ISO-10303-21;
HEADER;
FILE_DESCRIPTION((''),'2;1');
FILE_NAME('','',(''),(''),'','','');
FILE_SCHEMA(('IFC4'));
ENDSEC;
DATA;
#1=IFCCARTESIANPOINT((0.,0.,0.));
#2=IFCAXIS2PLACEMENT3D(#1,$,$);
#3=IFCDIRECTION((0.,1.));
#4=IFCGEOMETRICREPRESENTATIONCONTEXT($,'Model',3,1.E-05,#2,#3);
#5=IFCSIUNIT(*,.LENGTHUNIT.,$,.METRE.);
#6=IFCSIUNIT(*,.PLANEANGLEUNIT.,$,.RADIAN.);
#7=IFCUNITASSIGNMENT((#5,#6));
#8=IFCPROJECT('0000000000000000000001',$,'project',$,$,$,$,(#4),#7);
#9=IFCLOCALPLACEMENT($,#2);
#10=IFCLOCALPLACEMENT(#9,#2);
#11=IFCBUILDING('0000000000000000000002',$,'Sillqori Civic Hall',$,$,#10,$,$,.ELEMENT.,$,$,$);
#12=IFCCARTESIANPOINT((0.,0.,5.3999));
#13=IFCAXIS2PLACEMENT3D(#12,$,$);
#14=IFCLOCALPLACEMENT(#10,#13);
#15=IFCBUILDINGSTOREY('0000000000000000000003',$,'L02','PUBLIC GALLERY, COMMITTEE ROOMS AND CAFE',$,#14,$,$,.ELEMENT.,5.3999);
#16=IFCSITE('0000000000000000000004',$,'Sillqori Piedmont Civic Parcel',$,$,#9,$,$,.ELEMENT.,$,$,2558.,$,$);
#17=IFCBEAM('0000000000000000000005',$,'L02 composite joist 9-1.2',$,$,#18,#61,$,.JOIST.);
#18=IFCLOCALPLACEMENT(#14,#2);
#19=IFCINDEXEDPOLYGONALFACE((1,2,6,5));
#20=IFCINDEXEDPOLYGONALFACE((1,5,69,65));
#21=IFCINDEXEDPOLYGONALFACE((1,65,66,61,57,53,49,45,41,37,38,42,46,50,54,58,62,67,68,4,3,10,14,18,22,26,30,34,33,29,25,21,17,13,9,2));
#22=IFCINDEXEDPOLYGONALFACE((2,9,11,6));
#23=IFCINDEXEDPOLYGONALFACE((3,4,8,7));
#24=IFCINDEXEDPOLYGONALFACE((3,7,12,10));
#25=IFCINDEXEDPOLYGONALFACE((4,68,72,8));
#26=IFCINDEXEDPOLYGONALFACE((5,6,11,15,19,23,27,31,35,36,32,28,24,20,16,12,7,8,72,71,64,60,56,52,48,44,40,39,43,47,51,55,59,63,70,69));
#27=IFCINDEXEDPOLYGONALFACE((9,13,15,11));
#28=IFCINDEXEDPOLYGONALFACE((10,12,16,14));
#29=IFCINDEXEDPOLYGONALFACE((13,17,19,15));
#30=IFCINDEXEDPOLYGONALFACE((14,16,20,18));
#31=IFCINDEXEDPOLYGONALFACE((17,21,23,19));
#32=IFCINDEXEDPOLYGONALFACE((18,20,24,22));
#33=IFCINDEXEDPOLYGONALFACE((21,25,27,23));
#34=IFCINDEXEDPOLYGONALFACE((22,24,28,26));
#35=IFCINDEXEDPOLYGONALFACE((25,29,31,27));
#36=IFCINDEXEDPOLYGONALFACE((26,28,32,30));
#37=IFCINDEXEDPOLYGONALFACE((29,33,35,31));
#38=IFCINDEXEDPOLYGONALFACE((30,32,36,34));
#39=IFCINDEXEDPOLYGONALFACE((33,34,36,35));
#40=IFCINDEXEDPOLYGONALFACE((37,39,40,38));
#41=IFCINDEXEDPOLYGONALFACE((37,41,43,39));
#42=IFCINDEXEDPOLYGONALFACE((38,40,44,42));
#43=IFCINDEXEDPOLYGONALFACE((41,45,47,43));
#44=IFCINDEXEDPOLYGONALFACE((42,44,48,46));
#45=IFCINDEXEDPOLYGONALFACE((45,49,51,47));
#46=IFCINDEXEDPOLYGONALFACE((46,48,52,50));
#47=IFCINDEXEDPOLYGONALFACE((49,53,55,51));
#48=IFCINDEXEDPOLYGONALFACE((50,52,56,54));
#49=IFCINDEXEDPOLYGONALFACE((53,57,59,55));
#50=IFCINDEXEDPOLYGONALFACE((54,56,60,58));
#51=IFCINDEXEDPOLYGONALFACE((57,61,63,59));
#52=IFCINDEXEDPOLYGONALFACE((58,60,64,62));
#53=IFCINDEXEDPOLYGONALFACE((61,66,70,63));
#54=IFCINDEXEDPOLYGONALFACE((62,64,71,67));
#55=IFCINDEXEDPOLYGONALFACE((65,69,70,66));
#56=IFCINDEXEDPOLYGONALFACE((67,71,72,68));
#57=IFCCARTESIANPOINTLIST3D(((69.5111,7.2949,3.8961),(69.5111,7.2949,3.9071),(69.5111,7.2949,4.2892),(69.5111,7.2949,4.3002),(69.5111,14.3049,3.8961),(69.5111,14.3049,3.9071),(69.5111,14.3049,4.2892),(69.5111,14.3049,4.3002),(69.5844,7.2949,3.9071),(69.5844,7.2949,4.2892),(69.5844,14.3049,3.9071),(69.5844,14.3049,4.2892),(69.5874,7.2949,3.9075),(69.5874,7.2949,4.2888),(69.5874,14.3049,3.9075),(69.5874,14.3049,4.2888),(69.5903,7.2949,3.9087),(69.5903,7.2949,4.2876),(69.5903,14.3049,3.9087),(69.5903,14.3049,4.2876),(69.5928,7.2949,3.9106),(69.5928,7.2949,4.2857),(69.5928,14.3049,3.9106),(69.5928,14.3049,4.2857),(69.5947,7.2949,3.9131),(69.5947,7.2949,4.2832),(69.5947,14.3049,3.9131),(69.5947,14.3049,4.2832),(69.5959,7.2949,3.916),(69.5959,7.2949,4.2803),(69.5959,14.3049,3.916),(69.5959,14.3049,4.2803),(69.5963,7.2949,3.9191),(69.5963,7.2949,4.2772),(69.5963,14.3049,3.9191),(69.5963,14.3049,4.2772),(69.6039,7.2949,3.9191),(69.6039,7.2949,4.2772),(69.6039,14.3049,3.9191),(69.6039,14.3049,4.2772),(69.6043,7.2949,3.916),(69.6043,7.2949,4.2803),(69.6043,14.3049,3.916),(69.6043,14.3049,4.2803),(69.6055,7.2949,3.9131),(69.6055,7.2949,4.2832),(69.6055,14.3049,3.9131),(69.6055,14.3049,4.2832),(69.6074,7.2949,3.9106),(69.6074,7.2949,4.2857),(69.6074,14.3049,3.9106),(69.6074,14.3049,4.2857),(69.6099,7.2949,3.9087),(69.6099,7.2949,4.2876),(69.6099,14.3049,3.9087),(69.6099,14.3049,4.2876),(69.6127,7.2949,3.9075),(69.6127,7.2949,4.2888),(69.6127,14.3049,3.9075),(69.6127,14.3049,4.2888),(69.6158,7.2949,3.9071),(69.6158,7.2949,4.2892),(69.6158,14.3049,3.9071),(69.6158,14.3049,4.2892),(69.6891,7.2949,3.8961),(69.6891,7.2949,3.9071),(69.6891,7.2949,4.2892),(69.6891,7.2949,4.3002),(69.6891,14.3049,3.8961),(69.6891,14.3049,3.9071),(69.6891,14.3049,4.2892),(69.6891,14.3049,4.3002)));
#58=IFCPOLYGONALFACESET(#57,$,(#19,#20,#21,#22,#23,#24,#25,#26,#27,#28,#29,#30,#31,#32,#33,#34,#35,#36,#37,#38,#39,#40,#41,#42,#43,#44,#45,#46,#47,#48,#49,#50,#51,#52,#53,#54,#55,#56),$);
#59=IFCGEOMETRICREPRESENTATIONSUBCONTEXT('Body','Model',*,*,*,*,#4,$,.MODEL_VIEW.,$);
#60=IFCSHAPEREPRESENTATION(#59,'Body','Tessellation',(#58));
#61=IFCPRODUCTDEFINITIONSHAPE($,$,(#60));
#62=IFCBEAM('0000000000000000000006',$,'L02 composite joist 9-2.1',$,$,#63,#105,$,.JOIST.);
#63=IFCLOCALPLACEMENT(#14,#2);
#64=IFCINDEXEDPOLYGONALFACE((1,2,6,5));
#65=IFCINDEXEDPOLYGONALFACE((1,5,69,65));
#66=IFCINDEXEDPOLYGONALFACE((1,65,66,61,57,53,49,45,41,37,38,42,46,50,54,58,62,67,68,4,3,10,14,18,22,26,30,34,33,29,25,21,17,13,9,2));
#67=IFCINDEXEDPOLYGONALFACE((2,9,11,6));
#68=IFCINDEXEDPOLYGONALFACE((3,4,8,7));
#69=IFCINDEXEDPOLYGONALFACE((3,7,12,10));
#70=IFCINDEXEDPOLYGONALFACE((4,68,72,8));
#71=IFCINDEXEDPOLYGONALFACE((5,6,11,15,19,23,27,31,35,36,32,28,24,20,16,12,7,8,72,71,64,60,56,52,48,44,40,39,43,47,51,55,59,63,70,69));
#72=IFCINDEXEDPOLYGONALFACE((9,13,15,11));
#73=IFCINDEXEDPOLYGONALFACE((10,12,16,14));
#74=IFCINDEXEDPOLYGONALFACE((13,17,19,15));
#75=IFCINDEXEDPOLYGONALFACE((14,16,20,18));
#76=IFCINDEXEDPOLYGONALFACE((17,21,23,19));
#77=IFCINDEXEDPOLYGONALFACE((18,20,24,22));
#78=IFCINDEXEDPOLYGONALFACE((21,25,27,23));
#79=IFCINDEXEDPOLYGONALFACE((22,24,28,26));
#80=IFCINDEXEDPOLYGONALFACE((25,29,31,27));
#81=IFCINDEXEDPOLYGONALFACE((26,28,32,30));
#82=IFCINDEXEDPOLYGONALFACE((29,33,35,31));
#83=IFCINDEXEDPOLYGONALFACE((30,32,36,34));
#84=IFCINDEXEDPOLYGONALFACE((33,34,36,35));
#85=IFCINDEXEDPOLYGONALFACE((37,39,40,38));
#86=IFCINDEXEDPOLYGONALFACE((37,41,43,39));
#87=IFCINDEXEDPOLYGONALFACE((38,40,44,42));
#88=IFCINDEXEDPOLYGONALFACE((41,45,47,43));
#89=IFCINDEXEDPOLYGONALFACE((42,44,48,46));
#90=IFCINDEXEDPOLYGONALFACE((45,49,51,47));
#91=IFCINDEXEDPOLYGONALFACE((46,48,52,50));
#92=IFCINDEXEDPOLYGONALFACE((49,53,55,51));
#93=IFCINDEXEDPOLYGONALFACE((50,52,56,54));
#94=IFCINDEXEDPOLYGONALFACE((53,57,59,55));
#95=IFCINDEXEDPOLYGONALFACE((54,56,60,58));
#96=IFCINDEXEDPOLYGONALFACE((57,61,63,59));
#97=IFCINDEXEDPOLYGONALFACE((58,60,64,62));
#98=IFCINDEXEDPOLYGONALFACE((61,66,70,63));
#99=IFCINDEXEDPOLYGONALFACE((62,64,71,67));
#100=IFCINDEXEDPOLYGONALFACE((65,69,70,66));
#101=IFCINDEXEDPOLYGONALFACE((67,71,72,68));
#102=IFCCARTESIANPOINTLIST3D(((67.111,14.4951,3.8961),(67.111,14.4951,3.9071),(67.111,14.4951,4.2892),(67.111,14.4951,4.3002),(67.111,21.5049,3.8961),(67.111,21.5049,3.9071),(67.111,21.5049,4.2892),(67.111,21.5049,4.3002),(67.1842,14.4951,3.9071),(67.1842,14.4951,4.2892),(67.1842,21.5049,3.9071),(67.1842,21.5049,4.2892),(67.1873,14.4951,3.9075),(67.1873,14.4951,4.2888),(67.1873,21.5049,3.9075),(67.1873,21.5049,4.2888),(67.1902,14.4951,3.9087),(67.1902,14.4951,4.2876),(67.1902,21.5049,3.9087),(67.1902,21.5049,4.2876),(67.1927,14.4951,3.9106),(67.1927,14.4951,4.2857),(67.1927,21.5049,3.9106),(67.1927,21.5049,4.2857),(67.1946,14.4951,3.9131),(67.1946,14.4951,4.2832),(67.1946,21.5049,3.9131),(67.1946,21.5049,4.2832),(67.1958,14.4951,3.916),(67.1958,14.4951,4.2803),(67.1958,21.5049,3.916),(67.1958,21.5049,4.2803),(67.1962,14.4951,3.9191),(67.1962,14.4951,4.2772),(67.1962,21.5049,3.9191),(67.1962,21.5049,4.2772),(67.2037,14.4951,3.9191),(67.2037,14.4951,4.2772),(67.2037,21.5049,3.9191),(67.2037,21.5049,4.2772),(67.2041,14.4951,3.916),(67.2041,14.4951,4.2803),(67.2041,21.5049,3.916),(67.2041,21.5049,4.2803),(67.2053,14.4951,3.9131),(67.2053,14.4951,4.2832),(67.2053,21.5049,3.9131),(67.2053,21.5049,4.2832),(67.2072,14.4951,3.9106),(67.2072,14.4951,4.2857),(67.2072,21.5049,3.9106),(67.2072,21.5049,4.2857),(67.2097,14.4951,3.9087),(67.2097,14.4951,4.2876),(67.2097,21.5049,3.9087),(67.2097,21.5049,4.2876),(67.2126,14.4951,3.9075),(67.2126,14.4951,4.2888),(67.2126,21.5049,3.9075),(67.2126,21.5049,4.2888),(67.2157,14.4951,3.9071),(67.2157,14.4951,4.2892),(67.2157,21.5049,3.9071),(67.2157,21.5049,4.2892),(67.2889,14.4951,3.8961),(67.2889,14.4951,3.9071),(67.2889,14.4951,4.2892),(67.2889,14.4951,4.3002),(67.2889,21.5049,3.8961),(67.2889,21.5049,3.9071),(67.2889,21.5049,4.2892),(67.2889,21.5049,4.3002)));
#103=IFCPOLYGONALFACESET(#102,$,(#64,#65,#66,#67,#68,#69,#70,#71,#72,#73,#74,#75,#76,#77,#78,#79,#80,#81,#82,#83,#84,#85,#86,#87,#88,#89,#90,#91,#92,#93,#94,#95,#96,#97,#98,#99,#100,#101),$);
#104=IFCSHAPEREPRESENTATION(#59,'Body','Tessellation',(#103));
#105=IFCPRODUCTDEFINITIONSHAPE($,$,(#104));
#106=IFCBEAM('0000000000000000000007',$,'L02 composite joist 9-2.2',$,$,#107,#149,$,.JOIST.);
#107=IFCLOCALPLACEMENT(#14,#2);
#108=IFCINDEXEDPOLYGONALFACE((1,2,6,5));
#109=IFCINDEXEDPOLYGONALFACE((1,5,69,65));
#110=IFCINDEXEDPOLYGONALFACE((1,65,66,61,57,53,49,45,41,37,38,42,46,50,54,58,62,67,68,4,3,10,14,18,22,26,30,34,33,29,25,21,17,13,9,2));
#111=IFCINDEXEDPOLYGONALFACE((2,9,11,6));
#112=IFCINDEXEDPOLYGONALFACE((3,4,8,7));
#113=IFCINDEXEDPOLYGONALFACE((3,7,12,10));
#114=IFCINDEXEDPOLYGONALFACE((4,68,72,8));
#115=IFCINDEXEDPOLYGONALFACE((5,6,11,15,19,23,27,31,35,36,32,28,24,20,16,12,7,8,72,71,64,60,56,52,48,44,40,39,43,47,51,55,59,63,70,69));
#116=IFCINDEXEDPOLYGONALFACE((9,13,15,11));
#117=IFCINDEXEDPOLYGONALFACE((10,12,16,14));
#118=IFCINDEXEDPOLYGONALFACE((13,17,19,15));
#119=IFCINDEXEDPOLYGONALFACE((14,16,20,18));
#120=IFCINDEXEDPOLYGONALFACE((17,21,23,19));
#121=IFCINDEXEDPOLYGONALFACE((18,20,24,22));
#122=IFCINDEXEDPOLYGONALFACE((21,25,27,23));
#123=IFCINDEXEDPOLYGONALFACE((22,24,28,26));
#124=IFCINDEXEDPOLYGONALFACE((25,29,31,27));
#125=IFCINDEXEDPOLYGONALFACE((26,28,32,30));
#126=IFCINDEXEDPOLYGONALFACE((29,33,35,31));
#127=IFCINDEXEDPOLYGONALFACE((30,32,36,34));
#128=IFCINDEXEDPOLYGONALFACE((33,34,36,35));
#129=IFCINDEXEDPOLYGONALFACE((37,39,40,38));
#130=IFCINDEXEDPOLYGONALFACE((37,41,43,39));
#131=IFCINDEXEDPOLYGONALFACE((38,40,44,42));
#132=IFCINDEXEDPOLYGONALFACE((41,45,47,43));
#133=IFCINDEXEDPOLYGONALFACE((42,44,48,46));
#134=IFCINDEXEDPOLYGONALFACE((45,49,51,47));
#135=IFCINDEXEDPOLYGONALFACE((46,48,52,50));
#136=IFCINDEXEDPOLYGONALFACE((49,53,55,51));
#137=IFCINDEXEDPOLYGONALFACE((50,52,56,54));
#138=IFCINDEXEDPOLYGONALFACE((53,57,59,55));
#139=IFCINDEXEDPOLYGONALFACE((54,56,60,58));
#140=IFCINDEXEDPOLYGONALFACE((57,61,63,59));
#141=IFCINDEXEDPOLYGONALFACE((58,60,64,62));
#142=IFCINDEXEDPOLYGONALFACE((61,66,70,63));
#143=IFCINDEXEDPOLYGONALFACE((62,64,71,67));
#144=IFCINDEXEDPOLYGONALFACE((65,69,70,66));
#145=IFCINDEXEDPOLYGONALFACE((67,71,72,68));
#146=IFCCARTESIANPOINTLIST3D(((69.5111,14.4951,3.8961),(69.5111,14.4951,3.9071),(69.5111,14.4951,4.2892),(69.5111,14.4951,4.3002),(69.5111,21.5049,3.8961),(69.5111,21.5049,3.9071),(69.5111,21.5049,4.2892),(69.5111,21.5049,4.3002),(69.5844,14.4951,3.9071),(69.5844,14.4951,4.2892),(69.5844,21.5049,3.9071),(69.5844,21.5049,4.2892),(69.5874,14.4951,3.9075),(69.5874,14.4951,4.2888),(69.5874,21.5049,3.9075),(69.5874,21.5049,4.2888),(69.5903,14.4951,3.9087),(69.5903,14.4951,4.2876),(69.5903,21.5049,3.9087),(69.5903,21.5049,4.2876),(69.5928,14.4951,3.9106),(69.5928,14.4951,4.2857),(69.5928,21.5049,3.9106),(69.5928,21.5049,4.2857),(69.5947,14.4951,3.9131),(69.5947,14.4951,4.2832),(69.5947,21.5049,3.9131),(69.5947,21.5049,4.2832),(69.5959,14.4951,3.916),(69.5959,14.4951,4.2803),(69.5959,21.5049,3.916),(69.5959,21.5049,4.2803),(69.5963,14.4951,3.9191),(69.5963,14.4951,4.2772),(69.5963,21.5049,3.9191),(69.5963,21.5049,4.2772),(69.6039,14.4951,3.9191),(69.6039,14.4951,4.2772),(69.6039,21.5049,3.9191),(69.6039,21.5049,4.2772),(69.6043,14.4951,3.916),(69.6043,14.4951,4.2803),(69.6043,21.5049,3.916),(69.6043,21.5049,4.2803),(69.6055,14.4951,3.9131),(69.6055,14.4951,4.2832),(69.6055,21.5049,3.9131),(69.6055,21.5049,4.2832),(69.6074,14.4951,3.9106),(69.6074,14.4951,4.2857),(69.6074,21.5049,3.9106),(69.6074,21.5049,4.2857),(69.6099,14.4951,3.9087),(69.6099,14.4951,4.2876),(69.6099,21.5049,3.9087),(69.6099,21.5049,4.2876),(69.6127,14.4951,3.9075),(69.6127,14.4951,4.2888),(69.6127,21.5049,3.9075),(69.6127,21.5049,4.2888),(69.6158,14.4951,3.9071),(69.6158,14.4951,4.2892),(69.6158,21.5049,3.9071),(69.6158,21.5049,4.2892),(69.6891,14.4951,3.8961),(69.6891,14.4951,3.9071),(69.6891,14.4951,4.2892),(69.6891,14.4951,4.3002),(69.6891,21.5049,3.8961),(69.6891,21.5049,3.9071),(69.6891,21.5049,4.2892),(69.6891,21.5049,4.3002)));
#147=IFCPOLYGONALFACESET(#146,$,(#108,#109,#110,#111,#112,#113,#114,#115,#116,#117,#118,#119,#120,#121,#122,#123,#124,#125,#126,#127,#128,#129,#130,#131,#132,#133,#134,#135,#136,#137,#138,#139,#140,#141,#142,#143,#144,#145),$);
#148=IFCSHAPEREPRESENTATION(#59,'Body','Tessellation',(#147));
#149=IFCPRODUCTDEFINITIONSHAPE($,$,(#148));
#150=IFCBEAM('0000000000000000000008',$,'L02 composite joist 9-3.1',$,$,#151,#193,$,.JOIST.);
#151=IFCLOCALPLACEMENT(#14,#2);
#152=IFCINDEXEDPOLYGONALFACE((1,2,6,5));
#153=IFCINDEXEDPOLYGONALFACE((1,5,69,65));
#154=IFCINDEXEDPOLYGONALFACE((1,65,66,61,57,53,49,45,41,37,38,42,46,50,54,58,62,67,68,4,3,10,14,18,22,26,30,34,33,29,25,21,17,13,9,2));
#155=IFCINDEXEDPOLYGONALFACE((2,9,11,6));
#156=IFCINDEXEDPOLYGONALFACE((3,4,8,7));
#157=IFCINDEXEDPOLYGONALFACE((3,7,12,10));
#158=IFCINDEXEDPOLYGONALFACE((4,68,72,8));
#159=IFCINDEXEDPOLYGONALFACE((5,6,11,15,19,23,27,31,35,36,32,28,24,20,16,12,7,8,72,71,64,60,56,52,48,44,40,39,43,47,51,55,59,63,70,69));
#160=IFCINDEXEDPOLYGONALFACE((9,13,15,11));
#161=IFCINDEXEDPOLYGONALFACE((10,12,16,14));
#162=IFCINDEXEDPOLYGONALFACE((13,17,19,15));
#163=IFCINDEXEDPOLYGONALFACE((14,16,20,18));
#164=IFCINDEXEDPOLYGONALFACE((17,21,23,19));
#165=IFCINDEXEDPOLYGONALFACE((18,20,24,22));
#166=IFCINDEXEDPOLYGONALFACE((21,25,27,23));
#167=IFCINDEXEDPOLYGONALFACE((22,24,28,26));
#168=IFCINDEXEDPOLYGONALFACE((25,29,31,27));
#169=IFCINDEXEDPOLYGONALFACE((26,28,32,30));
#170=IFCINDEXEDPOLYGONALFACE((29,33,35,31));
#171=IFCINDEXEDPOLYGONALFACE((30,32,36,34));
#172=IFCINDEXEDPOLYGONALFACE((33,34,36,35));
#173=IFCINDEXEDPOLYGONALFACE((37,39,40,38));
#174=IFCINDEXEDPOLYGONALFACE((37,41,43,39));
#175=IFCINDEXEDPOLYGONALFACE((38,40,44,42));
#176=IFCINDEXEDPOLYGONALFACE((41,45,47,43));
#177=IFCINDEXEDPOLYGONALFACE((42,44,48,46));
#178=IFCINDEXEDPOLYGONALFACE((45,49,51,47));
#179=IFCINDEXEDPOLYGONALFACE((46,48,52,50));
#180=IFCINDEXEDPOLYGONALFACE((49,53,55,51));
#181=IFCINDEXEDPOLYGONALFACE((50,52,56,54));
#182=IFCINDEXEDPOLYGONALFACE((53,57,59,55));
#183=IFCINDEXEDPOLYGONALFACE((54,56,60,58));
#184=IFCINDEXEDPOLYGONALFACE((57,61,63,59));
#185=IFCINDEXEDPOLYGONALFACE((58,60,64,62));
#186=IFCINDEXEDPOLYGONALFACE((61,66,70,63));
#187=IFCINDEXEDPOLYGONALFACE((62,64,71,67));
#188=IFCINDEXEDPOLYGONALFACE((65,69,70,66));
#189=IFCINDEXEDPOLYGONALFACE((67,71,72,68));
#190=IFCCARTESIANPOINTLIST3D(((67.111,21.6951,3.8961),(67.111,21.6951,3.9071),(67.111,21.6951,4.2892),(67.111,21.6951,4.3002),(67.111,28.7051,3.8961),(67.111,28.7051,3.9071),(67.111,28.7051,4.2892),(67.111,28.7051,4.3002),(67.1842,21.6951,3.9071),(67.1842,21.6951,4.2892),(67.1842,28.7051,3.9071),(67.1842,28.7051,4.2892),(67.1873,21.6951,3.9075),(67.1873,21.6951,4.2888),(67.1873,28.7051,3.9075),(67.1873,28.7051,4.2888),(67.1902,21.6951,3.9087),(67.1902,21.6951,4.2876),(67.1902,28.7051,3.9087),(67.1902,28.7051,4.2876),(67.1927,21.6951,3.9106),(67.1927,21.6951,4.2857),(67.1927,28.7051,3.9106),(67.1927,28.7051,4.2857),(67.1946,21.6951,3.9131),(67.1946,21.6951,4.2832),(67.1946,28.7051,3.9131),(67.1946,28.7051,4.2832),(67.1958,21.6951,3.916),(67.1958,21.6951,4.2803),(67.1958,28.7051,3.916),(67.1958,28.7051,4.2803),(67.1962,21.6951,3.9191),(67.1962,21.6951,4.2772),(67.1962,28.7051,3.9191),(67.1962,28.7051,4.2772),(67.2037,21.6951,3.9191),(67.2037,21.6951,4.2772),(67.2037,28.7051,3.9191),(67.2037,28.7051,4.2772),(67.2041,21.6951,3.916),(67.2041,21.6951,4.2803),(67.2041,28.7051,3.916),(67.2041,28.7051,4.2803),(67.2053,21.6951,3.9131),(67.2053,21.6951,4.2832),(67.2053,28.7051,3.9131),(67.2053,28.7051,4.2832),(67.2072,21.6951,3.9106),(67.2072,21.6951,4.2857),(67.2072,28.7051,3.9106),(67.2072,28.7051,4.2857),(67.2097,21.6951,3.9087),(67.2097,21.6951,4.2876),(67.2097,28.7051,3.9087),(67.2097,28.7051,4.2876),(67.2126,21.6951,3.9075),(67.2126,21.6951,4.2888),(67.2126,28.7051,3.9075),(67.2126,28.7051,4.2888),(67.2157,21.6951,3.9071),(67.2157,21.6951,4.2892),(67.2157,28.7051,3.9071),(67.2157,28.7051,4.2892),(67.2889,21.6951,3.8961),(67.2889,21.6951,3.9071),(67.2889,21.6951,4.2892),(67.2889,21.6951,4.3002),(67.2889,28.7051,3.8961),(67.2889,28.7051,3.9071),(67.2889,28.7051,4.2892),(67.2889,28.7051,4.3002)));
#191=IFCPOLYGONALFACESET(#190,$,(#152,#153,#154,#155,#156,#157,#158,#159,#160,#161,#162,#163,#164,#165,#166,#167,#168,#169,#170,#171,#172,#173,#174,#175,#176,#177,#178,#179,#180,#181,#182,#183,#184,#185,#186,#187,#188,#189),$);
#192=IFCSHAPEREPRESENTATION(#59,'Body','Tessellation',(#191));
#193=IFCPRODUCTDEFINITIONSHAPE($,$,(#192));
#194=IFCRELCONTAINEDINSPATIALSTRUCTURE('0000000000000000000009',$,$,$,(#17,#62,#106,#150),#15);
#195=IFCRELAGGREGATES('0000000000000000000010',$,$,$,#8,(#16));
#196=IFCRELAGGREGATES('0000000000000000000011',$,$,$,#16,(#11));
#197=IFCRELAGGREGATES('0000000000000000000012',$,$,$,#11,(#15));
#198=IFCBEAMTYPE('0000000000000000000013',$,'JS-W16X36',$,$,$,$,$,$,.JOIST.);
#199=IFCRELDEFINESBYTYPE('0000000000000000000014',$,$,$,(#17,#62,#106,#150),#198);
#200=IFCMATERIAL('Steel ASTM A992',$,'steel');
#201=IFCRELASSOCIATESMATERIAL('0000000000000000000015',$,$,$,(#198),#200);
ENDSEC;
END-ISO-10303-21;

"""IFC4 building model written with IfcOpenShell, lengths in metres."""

from ifc_helpers import new_model, si_unit, direction, frame, origin, origin_2d, place, context, subcontext, project, spatial, i_section, extrude, material, material_profile, profile_set, type_object, element, save


model = new_model("IFC4")

# Units and contexts
model_context = context("Model", 3, precision=1e-05, world=origin(), true_north=direction((0.0, 1.0)))
body_context = subcontext(model_context, "Body", "Model", "MODEL_VIEW")
ifc_project = project(units=[si_unit("LENGTHUNIT", "METRE"), si_unit("PLANEANGLEUNIT", "RADIAN")], contexts=[model_context])

# Site, building, storey
site_placement = place(None, origin())
site = spatial("IfcSite", under=ifc_project, at=site_placement, Name="Sillqori Piedmont Civic Parcel", CompositionType="ELEMENT", RefElevation=2558.0)
building_placement = place(site_placement, origin())
building = spatial("IfcBuilding", under=site, at=building_placement, Name="Sillqori Civic Hall", CompositionType="ELEMENT")
storey_placement = place(building_placement, frame((0.0, 0.0, 5.3999)))
storey = spatial("IfcBuildingStorey", under=building, at=storey_placement, Name="L02", Description="PUBLIC GALLERY, COMMITTEE ROOMS AND CAFE", CompositionType="ELEMENT", Elevation=5.3999)

# Shared definitions
ifc_material_1 = material(Name="Steel ASTM A992", Category="steel")

# Beams
ifc_material_profile_1 = material_profile(ifc_material_1, i_section(OverallWidth=0.178, OverallDepth=0.4041, WebThickness=0.0076, FlangeThickness=0.011, FilletRadius=0.012, at=origin_2d()), Name="W16X36")
ifc_profile_set_1 = profile_set([ifc_material_profile_1], Name="Steel ASTM A992")
beam_type_1 = type_object("IfcBeamType", Name="JS-W16X36", PredefinedType="JOIST", material=ifc_profile_set_1)
for number, where, z_axis, x_axis, name in (
    (1, (69.6001, 7.2949, 4.0981), (0.0, 1.0, 0.0), (-1.0, 0.0, 0.0), "L02 composite joist 9-1.2"),
):
    element("IfcBeam", number, at=place(storey_placement, frame(where, z_axis=z_axis, x_axis=x_axis)), inside=storey, type_object=beam_type_1, Name=name, PredefinedType="JOIST", context=body_context, shape_type="SweptSolid", body=[
        extrude(i_section(OverallWidth=0.178, OverallDepth=0.4041, WebThickness=0.0076, FlangeThickness=0.011, FilletRadius=0.012, at=origin_2d()), origin(), (0.0, 0.0, 1.0), 7.01),
    ])
for number, where, z_axis, x_axis, name in (
    (2, (67.2, 14.4951, 4.0981), (0.0, 1.0, 0.0), (-1.0, 0.0, 0.0), "L02 composite joist 9-2.1"),
    (3, (69.6001, 14.4951, 4.0981), (0.0, 1.0, 0.0), (-1.0, 0.0, 0.0), "L02 composite joist 9-2.2"),
):
    element("IfcBeam", number, at=place(storey_placement, frame(where, z_axis=z_axis, x_axis=x_axis)), inside=storey, type_object=beam_type_1, Name=name, PredefinedType="JOIST", context=body_context, shape_type="SweptSolid", body=[
        extrude(i_section(OverallWidth=0.178, OverallDepth=0.4041, WebThickness=0.0076, FlangeThickness=0.011, FilletRadius=0.012, at=origin_2d()), origin(), (0.0, 0.0, 1.0), 7.0098),
    ])
for number, where, z_axis, x_axis, name in (
    (4, (67.2, 21.6951, 4.0981), (0.0, 1.0, 0.0), (-1.0, 0.0, 0.0), "L02 composite joist 9-3.1"),
):
    element("IfcBeam", number, at=place(storey_placement, frame(where, z_axis=z_axis, x_axis=x_axis)), inside=storey, type_object=beam_type_1, Name=name, PredefinedType="JOIST", context=body_context, shape_type="SweptSolid", body=[
        extrude(i_section(OverallWidth=0.178, OverallDepth=0.4041, WebThickness=0.0076, FlangeThickness=0.011, FilletRadius=0.012, at=origin_2d()), origin(), (0.0, 0.0, 1.0), 7.01),
    ])

save(model, "model.ifc")
